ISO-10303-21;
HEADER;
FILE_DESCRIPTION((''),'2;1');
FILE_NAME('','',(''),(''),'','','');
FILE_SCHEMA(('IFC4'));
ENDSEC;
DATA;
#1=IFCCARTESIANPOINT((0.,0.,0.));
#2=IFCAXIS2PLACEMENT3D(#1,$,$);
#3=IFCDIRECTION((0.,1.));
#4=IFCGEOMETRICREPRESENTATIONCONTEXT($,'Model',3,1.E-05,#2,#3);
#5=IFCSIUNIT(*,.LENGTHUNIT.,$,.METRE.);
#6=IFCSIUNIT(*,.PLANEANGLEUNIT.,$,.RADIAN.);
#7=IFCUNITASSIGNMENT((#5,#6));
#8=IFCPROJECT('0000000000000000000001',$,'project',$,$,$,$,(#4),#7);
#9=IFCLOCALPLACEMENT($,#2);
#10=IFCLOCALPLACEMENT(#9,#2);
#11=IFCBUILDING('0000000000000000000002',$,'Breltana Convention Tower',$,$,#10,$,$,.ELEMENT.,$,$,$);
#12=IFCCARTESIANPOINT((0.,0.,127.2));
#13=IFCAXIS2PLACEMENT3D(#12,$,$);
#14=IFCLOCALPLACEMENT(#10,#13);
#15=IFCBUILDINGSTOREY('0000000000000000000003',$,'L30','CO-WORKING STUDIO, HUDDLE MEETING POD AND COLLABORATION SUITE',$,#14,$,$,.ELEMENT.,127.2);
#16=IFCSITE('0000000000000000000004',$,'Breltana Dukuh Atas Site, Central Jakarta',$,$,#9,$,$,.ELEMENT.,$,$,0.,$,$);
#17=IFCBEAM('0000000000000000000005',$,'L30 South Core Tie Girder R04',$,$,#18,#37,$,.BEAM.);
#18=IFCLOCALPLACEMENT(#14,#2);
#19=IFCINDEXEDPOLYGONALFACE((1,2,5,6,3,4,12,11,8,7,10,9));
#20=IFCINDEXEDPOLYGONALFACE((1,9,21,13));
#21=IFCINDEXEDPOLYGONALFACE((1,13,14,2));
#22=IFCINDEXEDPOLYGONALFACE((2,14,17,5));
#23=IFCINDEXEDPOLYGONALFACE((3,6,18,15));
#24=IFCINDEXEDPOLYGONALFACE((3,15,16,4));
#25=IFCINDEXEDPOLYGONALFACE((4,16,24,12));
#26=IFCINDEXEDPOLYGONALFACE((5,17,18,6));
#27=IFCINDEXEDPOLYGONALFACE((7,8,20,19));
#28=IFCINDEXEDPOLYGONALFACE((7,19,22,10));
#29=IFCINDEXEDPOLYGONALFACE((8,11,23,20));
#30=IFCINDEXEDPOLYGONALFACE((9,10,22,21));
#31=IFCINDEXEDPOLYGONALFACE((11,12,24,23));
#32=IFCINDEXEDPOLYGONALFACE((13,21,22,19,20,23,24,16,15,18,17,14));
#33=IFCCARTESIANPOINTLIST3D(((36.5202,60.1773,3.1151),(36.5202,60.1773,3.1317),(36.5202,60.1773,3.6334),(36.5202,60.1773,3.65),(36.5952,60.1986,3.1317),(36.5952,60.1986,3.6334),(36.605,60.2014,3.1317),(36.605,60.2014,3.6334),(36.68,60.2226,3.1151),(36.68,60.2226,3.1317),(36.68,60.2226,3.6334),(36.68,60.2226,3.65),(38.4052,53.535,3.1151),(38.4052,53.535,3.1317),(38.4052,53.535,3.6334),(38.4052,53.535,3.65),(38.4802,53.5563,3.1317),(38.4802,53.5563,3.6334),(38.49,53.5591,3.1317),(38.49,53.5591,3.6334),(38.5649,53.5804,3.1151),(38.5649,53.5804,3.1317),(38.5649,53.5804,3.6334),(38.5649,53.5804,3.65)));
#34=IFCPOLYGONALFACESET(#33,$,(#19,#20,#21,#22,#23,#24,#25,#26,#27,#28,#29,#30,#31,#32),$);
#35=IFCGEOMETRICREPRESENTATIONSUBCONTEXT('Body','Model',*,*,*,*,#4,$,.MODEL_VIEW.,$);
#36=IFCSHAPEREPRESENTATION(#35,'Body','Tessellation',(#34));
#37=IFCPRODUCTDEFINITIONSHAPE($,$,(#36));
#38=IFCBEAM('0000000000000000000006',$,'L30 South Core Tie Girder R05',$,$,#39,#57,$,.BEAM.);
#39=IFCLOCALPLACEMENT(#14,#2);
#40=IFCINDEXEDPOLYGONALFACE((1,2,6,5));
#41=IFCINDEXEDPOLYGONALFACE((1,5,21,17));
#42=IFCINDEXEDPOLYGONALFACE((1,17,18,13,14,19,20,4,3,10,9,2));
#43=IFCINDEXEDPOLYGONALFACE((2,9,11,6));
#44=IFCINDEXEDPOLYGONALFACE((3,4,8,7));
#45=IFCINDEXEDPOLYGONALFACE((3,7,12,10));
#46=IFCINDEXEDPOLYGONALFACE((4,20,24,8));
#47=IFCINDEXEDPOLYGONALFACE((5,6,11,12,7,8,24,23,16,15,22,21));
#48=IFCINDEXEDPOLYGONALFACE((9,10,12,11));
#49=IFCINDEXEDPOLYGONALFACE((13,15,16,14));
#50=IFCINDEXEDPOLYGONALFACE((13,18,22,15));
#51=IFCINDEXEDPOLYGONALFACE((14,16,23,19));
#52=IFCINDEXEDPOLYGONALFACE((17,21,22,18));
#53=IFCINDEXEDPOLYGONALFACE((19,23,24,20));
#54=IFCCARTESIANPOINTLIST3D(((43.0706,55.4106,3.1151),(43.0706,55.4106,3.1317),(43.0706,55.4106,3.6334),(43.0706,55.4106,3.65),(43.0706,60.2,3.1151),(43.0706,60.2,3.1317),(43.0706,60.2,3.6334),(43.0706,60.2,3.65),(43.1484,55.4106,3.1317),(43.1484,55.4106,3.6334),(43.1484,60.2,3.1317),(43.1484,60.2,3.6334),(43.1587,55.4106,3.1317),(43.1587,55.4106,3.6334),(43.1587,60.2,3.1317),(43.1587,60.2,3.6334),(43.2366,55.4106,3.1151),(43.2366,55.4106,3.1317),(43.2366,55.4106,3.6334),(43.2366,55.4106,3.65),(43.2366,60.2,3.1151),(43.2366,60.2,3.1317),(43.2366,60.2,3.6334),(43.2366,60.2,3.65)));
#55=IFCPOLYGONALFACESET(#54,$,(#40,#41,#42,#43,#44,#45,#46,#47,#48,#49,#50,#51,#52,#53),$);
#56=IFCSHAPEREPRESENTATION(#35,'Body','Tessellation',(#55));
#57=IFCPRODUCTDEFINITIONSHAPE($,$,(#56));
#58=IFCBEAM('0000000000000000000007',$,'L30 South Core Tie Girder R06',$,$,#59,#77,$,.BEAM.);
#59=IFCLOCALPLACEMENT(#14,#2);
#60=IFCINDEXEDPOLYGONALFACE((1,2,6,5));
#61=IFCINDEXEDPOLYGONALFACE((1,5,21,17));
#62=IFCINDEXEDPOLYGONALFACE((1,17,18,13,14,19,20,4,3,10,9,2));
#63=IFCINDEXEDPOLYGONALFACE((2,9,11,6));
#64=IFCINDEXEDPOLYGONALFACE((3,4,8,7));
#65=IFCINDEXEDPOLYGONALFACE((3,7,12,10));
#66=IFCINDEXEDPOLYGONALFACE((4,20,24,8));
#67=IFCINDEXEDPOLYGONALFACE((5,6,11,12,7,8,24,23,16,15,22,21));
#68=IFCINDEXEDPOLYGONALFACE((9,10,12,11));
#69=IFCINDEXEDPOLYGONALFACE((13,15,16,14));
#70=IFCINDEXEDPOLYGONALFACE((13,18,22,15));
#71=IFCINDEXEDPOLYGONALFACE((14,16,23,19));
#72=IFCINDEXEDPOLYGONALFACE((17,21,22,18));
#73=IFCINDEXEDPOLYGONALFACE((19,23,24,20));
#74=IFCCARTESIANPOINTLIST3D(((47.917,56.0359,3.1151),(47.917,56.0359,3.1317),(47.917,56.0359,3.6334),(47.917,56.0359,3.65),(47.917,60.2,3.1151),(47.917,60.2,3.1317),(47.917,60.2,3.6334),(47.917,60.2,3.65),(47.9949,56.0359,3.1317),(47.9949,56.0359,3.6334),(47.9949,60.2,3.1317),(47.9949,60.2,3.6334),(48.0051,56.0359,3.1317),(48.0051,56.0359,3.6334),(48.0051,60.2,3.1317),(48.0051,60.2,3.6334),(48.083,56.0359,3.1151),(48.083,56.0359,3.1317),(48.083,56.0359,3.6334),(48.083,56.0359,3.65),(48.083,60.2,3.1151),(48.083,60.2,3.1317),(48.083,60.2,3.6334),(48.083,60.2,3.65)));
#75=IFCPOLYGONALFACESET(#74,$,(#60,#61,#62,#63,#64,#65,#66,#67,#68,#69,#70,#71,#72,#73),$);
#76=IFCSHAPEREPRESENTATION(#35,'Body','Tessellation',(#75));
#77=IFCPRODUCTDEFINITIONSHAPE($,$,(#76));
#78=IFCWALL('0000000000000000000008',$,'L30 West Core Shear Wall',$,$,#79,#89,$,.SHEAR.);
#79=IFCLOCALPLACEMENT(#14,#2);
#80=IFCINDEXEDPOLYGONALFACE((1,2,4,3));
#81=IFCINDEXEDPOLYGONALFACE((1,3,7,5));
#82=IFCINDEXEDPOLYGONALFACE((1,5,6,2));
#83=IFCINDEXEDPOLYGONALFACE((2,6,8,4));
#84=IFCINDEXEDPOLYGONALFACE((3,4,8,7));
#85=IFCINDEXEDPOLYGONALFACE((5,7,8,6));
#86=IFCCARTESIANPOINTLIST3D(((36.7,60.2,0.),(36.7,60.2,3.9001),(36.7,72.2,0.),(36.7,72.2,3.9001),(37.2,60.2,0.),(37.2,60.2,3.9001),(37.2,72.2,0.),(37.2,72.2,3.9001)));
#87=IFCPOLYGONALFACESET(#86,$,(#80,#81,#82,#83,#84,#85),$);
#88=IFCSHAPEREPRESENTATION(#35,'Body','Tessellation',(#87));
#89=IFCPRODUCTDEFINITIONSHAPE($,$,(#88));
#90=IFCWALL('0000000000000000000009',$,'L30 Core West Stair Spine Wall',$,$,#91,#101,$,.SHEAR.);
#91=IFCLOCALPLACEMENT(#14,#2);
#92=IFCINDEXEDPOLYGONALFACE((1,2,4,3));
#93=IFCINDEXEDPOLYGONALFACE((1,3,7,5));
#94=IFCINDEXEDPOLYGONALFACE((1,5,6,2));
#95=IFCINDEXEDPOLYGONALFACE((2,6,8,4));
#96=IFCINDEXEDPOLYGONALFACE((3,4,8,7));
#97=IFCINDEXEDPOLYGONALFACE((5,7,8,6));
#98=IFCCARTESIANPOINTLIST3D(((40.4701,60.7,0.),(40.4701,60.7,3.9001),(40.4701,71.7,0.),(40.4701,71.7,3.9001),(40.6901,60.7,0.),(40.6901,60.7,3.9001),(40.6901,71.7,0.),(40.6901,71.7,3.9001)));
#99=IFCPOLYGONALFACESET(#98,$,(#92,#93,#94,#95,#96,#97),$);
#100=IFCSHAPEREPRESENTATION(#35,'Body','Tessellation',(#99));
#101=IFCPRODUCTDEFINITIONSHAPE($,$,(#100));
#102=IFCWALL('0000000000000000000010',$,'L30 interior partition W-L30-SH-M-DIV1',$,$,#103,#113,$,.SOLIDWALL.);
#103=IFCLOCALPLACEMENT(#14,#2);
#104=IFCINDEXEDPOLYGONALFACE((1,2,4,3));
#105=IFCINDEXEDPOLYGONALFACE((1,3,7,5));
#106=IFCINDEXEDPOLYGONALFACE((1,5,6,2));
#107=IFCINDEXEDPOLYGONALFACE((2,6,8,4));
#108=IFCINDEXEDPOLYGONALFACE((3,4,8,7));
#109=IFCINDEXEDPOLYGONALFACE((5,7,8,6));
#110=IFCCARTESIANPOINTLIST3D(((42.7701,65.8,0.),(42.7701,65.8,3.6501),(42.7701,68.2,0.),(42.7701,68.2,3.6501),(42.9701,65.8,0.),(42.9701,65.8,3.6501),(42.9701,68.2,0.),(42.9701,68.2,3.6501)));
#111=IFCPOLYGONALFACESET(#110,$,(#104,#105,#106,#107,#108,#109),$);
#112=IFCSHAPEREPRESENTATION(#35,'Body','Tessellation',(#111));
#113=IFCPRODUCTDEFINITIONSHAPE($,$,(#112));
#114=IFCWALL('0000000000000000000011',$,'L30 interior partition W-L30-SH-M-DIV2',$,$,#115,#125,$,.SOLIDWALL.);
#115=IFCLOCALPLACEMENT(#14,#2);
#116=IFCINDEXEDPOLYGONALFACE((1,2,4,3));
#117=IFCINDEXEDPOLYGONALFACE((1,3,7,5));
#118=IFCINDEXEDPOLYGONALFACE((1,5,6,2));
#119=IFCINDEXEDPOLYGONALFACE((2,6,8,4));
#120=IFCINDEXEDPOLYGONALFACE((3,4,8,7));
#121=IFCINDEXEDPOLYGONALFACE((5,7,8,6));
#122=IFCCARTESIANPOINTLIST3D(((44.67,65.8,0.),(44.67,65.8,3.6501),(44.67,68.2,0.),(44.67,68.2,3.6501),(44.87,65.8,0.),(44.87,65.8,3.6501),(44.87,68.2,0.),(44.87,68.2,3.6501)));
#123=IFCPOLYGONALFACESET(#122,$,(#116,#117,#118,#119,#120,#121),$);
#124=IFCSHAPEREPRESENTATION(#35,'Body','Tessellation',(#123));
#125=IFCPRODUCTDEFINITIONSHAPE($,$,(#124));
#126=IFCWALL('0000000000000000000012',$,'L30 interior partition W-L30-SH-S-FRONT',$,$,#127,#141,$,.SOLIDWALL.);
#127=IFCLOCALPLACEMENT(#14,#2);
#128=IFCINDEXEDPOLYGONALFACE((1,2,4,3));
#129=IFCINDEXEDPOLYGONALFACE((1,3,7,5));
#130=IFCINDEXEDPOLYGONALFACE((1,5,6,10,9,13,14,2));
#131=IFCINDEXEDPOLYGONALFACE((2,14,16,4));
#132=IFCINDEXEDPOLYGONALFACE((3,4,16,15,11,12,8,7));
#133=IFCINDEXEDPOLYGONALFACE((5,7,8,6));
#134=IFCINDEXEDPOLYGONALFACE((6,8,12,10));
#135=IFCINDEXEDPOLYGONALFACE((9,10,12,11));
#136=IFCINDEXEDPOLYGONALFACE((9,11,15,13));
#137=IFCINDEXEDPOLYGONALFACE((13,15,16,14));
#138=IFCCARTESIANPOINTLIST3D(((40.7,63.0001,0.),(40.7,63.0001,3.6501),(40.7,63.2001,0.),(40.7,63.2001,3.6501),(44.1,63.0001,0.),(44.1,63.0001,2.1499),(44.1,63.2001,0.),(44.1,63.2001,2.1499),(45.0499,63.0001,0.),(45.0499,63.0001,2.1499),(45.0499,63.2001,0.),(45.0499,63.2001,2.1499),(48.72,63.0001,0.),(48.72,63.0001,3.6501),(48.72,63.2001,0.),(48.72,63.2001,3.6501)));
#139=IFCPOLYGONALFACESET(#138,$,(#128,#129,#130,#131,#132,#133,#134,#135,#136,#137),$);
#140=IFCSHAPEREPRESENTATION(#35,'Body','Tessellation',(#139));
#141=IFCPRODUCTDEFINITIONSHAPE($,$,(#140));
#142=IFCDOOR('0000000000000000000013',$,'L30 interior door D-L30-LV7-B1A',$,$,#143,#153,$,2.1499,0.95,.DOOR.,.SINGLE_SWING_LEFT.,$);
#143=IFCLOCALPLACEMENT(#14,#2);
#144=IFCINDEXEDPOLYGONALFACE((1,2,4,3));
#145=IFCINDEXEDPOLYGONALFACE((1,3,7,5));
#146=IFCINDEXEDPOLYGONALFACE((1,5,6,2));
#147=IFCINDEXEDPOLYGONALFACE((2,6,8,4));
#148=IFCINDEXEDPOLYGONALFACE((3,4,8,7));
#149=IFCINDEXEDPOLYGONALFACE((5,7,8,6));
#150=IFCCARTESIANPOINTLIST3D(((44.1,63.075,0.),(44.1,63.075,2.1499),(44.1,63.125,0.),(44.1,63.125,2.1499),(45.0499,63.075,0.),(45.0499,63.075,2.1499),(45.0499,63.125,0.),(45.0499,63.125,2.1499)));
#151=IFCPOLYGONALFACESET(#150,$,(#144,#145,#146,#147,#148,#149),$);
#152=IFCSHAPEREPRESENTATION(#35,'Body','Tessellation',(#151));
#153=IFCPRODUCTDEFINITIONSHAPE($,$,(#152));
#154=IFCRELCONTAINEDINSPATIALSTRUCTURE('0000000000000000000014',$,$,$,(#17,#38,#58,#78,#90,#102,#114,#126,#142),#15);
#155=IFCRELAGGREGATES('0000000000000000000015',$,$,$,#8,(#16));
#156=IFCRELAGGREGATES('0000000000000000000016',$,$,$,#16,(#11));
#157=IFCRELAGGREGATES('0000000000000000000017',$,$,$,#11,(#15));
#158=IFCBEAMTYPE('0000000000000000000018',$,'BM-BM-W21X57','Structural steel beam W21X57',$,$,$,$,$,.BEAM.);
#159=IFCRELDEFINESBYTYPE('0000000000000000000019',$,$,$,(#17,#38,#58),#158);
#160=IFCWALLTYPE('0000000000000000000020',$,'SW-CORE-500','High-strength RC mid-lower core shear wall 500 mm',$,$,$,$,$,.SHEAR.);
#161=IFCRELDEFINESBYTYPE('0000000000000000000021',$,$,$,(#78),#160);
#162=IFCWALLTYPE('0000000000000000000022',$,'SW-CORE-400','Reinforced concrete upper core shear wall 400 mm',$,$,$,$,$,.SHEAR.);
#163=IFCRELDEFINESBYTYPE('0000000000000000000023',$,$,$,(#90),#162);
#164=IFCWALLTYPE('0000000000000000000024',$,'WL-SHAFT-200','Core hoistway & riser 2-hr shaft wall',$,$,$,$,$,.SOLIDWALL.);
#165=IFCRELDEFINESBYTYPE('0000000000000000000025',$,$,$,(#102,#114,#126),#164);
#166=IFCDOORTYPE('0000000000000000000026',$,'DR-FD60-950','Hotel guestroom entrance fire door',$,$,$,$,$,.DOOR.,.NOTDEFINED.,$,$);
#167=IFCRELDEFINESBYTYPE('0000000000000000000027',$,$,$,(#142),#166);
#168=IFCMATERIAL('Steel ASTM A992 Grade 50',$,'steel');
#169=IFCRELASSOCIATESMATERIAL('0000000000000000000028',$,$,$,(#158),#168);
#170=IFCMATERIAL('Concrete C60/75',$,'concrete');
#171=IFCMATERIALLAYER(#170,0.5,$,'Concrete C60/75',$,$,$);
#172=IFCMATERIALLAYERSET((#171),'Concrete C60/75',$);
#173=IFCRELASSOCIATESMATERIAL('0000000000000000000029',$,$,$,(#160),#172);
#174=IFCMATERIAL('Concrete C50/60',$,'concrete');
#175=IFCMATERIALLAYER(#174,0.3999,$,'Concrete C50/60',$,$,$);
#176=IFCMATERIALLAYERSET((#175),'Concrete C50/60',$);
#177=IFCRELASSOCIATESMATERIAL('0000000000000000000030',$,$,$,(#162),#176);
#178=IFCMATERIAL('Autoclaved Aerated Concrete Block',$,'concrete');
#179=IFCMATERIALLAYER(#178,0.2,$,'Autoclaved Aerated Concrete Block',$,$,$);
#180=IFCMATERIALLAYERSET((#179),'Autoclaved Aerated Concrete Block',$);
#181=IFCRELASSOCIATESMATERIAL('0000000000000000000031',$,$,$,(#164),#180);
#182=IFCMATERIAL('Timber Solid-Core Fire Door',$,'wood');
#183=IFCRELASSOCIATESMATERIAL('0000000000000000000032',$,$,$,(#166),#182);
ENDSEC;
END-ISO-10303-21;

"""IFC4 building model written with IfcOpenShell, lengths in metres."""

from ifc_helpers import new_model, si_unit, direction, frame, frame_2d, origin, origin_2d, place, context, subcontext, project, spatial, rectangle, i_section, extrude, source, transform, mapped, material, layer, layer_set, material_profile, profile_set, type_object, type_shapes, element, fill, save


model = new_model("IFC4")

# Units and contexts
model_context = context("Model", 3, precision=1e-05, world=origin(), true_north=direction((0.0, 1.0)))
body_context = subcontext(model_context, "Body", "Model", "MODEL_VIEW")
ifc_project = project(units=[si_unit("LENGTHUNIT", "METRE"), si_unit("PLANEANGLEUNIT", "RADIAN")], contexts=[model_context])

# Site, building, storey
site_placement = place(None, origin())
site = spatial("IfcSite", under=ifc_project, at=site_placement, Name="Breltana Dukuh Atas Site, Central Jakarta", CompositionType="ELEMENT", RefElevation=0.0)
building_placement = place(site_placement, origin())
building = spatial("IfcBuilding", under=site, at=building_placement, Name="Breltana Convention Tower", CompositionType="ELEMENT")
storey_placement = place(building_placement, frame((0.0, 0.0, 127.2)))
storey = spatial("IfcBuildingStorey", under=building, at=storey_placement, Name="L30", Description="CO-WORKING STUDIO, HUDDLE MEETING POD AND COLLABORATION SUITE", CompositionType="ELEMENT", Elevation=127.2)

# Beams
ifc_material_1 = material(Name="Steel ASTM A992 Grade 50", Category="steel")
ifc_material_profile = material_profile(ifc_material_1, i_section(OverallWidth=0.166, OverallDepth=0.5349, WebThickness=0.0103, FlangeThickness=0.0166, at=origin_2d()), Name="W21X57")
ifc_profile_set = profile_set([ifc_material_profile], Name="Steel ASTM A992 Grade 50")
beam_type = type_object("IfcBeamType", Name="BM-BM-W21X57", Description="Structural steel beam W21X57", PredefinedType="BEAM", material=ifc_profile_set)
shared_shape_1 = source(origin(), body_context, "Body", "SweptSolid", [
    extrude(i_section(OverallWidth=0.166, OverallDepth=0.5349, WebThickness=0.0103, FlangeThickness=0.0166, at=origin_2d()), origin(), (0.0, 0.0, 1.0), 6.9045),
])
type_shapes(beam_type, [shared_shape_1])
beam_1_placement = place(storey_placement, frame((36.6001, 60.2, 3.3826), z_axis=(0.273007, -0.962012, 0.0), x_axis=(0.962012, 0.273007, 0.0)))
element("IfcBeam", 1, at=beam_1_placement, inside=storey, type_object=beam_type, Name="L30 South Core Tie Girder R04", PredefinedType="BEAM", context=body_context, shape_type="MappedRepresentation", body=[
    mapped(shared_shape_1, transform((0.0, 0.0, 0.0), scale=1.0)),
])
shared_shape_2 = source(origin(), body_context, "Body", "SweptSolid", [
    extrude(i_section(OverallWidth=0.166, OverallDepth=0.5349, WebThickness=0.0103, FlangeThickness=0.0166, at=origin_2d()), origin(), (0.0, 0.0, 1.0), 4.7893),
])
beam_2_placement = place(storey_placement, frame((43.1536, 60.2, 3.3826), z_axis=(0.0, -1.0, 0.0), x_axis=(1.0, 0.0, 0.0)))
element("IfcBeam", 2, at=beam_2_placement, inside=storey, type_object=beam_type, Name="L30 South Core Tie Girder R05", PredefinedType="BEAM", context=body_context, shape_type="MappedRepresentation", body=[
    mapped(shared_shape_2, transform((0.0, 0.0, 0.0), scale=1.0)),
])
shared_shape_3 = source(origin(), body_context, "Body", "SweptSolid", [
    extrude(i_section(OverallWidth=0.166, OverallDepth=0.5349, WebThickness=0.0103, FlangeThickness=0.0166, at=origin_2d()), origin(), (0.0, 0.0, 1.0), 4.1641),
])
beam_3_placement = place(storey_placement, frame((48.0, 60.2, 3.3826), z_axis=(0.0, -1.0, 0.0), x_axis=(1.0, 0.0, 0.0)))
element("IfcBeam", 3, at=beam_3_placement, inside=storey, type_object=beam_type, Name="L30 South Core Tie Girder R06", PredefinedType="BEAM", context=body_context, shape_type="MappedRepresentation", body=[
    mapped(shared_shape_3, transform((0.0, 0.0, 0.0), scale=1.0)),
])

# Wall
ifc_material_2 = material(Name="Concrete C60/75", Category="concrete")
ifc_layer_1 = layer(ifc_material_2, 0.5, Name="Concrete C60/75")
ifc_layer_set_1 = layer_set([ifc_layer_1], Name="Concrete C60/75")
wall_type_1 = type_object("IfcWallType", Name="SW-CORE-500", Description="High-strength RC mid-lower core shear wall 500 mm", PredefinedType="SHEAR", material=ifc_layer_set_1)
shared_shape_4 = source(origin(), body_context, "Body", "SweptSolid", [
    extrude(rectangle(XDim=12.0, YDim=0.5, at=frame_2d((6.0, 0.0))), origin(), (0.0, 0.0, 1.0), 3.9001),
])
wall_1_placement = place(storey_placement, frame((36.95, 60.2, 0.0), z_axis=(0.0, 0.0, 1.0), x_axis=(0.0, 1.0, 0.0)))
element("IfcWall", 4, at=wall_1_placement, inside=storey, type_object=wall_type_1, Name="L30 West Core Shear Wall", PredefinedType="SHEAR", context=body_context, shape_type="MappedRepresentation", body=[
    mapped(shared_shape_4, transform((0.0, 0.0, 0.0), scale=1.0)),
])

# Walls
ifc_material_3 = material(Name="Concrete C50/60", Category="concrete")
ifc_layer_2 = layer(ifc_material_3, 0.3999, Name="Concrete C50/60")
ifc_layer_set_2 = layer_set([ifc_layer_2], Name="Concrete C50/60")
wall_type_2 = type_object("IfcWallType", Name="SW-CORE-400", Description="Reinforced concrete upper core shear wall 400 mm", PredefinedType="SHEAR", material=ifc_layer_set_2)
shared_shape_5 = source(origin(), body_context, "Body", "SweptSolid", [
    extrude(rectangle(XDim=11.0, YDim=0.22, at=frame_2d((5.5, 0.0))), origin(), (0.0, 0.0, 1.0), 3.9001),
])
wall_2_placement = place(storey_placement, frame((40.5801, 60.7, 0.0), z_axis=(0.0, 0.0, 1.0), x_axis=(0.0, 1.0, 0.0)))
element("IfcWall", 5, at=wall_2_placement, inside=storey, type_object=wall_type_2, Name="L30 Core West Stair Spine Wall", PredefinedType="SHEAR", context=body_context, shape_type="MappedRepresentation", body=[
    mapped(shared_shape_5, transform((0.0, 0.0, 0.0), scale=1.0)),
])
ifc_material_4 = material(Name="Autoclaved Aerated Concrete Block", Category="concrete")
ifc_layer_3 = layer(ifc_material_4, 0.2, Name="Autoclaved Aerated Concrete Block")
ifc_layer_set_3 = layer_set([ifc_layer_3], Name="Autoclaved Aerated Concrete Block")
wall_type_3 = type_object("IfcWallType", Name="WL-SHAFT-200", Description="Core hoistway & riser 2-hr shaft wall", PredefinedType="SOLIDWALL", material=ifc_layer_set_3)
shared_shape_6 = source(origin(), body_context, "Body", "SweptSolid", [
    extrude(rectangle(XDim=2.3999, YDim=0.2, at=frame_2d((1.2, 0.0))), origin(), (0.0, 0.0, 1.0), 3.6501),
])
for number, where, z_axis, x_axis, name in (
    (6, (42.8701, 65.8, 0.0), (0.0, 0.0, 1.0), (0.0, 1.0, 0.0), "L30 interior partition W-L30-SH-M-DIV1"),
    (7, (44.77, 65.8, 0.0), (0.0, 0.0, 1.0), (0.0, 1.0, 0.0), "L30 interior partition W-L30-SH-M-DIV2"),
):
    element("IfcWall", number, at=place(storey_placement, frame(where, z_axis=z_axis, x_axis=x_axis)), inside=storey, type_object=wall_type_3, Name=name, PredefinedType="SOLIDWALL", context=body_context, shape_type="MappedRepresentation", body=[
        mapped(shared_shape_6, transform((0.0, 0.0, 0.0), scale=1.0)),
    ])

# Wall, opening, door
shared_shape_7 = source(origin(), body_context, "Body", "SweptSolid", [
    extrude(rectangle(XDim=8.02, YDim=0.2, at=frame_2d((4.01, 0.0))), origin(), (0.0, 0.0, 1.0), 3.6501),
])
wall_3_placement = place(storey_placement, frame((40.7, 63.1001, 0.0), z_axis=(0.0, 0.0, 1.0), x_axis=(1.0, 0.0, 0.0)))
wall_3 = element("IfcWall", 8, at=wall_3_placement, inside=storey, type_object=wall_type_3, Name="L30 interior partition W-L30-SH-S-FRONT", PredefinedType="SOLIDWALL", context=body_context, shape_type="MappedRepresentation", body=[
    mapped(shared_shape_7, transform((0.0, 0.0, 0.0), scale=1.0)),
])
opening_1_placement = place(wall_3_placement, frame((3.3999, 0.0, 0.0)))
opening_1 = element("IfcOpeningElement", 9, at=opening_1_placement, cuts=wall_3, PredefinedType="OPENING", context=body_context, shape_type="SweptSolid", body=[
    extrude(rectangle(XDim=0.95, YDim=2.1499, at=frame_2d((0.4751, 1.075))), frame((0.0, 0.1099, 0.0), z_axis=(0.0, -1.0, 0.0), x_axis=(1.0, 0.0, 0.0)), (0.0, 0.0, 1.0), 0.22),
])
ifc_material_5 = material(Name="Timber Solid-Core Fire Door", Category="wood")
door_type_1 = type_object("IfcDoorType", Name="DR-FD60-950", Description="Hotel guestroom entrance fire door", OperationType="NOTDEFINED", PredefinedType="DOOR", material=ifc_material_5)
shared_shape_8 = source(origin(), body_context, "Body", "SweptSolid", [
    extrude(rectangle(XDim=0.95, YDim=2.1499, at=frame_2d((0.4751, 1.075))), frame((0.0, 0.0249, 0.0), z_axis=(0.0, -1.0, 0.0), x_axis=(1.0, 0.0, 0.0)), (0.0, 0.0, 1.0), 0.05),
])
type_shapes(door_type_1, [shared_shape_8])
door_1_placement = place(opening_1_placement, origin())
door_1 = element("IfcDoor", 10, at=door_1_placement, inside=storey, type_object=door_type_1, Name="L30 interior door D-L30-LV7-B1A", OperationType="SINGLE_SWING_LEFT", OverallHeight=2.1499, OverallWidth=0.95, PredefinedType="DOOR", context=body_context, shape_type="MappedRepresentation", body=[
    mapped(shared_shape_8, transform((0.0, 0.0, 0.0), scale=1.0)),
])
fill(opening_1, door_1)

save(model, "model.ifc")
